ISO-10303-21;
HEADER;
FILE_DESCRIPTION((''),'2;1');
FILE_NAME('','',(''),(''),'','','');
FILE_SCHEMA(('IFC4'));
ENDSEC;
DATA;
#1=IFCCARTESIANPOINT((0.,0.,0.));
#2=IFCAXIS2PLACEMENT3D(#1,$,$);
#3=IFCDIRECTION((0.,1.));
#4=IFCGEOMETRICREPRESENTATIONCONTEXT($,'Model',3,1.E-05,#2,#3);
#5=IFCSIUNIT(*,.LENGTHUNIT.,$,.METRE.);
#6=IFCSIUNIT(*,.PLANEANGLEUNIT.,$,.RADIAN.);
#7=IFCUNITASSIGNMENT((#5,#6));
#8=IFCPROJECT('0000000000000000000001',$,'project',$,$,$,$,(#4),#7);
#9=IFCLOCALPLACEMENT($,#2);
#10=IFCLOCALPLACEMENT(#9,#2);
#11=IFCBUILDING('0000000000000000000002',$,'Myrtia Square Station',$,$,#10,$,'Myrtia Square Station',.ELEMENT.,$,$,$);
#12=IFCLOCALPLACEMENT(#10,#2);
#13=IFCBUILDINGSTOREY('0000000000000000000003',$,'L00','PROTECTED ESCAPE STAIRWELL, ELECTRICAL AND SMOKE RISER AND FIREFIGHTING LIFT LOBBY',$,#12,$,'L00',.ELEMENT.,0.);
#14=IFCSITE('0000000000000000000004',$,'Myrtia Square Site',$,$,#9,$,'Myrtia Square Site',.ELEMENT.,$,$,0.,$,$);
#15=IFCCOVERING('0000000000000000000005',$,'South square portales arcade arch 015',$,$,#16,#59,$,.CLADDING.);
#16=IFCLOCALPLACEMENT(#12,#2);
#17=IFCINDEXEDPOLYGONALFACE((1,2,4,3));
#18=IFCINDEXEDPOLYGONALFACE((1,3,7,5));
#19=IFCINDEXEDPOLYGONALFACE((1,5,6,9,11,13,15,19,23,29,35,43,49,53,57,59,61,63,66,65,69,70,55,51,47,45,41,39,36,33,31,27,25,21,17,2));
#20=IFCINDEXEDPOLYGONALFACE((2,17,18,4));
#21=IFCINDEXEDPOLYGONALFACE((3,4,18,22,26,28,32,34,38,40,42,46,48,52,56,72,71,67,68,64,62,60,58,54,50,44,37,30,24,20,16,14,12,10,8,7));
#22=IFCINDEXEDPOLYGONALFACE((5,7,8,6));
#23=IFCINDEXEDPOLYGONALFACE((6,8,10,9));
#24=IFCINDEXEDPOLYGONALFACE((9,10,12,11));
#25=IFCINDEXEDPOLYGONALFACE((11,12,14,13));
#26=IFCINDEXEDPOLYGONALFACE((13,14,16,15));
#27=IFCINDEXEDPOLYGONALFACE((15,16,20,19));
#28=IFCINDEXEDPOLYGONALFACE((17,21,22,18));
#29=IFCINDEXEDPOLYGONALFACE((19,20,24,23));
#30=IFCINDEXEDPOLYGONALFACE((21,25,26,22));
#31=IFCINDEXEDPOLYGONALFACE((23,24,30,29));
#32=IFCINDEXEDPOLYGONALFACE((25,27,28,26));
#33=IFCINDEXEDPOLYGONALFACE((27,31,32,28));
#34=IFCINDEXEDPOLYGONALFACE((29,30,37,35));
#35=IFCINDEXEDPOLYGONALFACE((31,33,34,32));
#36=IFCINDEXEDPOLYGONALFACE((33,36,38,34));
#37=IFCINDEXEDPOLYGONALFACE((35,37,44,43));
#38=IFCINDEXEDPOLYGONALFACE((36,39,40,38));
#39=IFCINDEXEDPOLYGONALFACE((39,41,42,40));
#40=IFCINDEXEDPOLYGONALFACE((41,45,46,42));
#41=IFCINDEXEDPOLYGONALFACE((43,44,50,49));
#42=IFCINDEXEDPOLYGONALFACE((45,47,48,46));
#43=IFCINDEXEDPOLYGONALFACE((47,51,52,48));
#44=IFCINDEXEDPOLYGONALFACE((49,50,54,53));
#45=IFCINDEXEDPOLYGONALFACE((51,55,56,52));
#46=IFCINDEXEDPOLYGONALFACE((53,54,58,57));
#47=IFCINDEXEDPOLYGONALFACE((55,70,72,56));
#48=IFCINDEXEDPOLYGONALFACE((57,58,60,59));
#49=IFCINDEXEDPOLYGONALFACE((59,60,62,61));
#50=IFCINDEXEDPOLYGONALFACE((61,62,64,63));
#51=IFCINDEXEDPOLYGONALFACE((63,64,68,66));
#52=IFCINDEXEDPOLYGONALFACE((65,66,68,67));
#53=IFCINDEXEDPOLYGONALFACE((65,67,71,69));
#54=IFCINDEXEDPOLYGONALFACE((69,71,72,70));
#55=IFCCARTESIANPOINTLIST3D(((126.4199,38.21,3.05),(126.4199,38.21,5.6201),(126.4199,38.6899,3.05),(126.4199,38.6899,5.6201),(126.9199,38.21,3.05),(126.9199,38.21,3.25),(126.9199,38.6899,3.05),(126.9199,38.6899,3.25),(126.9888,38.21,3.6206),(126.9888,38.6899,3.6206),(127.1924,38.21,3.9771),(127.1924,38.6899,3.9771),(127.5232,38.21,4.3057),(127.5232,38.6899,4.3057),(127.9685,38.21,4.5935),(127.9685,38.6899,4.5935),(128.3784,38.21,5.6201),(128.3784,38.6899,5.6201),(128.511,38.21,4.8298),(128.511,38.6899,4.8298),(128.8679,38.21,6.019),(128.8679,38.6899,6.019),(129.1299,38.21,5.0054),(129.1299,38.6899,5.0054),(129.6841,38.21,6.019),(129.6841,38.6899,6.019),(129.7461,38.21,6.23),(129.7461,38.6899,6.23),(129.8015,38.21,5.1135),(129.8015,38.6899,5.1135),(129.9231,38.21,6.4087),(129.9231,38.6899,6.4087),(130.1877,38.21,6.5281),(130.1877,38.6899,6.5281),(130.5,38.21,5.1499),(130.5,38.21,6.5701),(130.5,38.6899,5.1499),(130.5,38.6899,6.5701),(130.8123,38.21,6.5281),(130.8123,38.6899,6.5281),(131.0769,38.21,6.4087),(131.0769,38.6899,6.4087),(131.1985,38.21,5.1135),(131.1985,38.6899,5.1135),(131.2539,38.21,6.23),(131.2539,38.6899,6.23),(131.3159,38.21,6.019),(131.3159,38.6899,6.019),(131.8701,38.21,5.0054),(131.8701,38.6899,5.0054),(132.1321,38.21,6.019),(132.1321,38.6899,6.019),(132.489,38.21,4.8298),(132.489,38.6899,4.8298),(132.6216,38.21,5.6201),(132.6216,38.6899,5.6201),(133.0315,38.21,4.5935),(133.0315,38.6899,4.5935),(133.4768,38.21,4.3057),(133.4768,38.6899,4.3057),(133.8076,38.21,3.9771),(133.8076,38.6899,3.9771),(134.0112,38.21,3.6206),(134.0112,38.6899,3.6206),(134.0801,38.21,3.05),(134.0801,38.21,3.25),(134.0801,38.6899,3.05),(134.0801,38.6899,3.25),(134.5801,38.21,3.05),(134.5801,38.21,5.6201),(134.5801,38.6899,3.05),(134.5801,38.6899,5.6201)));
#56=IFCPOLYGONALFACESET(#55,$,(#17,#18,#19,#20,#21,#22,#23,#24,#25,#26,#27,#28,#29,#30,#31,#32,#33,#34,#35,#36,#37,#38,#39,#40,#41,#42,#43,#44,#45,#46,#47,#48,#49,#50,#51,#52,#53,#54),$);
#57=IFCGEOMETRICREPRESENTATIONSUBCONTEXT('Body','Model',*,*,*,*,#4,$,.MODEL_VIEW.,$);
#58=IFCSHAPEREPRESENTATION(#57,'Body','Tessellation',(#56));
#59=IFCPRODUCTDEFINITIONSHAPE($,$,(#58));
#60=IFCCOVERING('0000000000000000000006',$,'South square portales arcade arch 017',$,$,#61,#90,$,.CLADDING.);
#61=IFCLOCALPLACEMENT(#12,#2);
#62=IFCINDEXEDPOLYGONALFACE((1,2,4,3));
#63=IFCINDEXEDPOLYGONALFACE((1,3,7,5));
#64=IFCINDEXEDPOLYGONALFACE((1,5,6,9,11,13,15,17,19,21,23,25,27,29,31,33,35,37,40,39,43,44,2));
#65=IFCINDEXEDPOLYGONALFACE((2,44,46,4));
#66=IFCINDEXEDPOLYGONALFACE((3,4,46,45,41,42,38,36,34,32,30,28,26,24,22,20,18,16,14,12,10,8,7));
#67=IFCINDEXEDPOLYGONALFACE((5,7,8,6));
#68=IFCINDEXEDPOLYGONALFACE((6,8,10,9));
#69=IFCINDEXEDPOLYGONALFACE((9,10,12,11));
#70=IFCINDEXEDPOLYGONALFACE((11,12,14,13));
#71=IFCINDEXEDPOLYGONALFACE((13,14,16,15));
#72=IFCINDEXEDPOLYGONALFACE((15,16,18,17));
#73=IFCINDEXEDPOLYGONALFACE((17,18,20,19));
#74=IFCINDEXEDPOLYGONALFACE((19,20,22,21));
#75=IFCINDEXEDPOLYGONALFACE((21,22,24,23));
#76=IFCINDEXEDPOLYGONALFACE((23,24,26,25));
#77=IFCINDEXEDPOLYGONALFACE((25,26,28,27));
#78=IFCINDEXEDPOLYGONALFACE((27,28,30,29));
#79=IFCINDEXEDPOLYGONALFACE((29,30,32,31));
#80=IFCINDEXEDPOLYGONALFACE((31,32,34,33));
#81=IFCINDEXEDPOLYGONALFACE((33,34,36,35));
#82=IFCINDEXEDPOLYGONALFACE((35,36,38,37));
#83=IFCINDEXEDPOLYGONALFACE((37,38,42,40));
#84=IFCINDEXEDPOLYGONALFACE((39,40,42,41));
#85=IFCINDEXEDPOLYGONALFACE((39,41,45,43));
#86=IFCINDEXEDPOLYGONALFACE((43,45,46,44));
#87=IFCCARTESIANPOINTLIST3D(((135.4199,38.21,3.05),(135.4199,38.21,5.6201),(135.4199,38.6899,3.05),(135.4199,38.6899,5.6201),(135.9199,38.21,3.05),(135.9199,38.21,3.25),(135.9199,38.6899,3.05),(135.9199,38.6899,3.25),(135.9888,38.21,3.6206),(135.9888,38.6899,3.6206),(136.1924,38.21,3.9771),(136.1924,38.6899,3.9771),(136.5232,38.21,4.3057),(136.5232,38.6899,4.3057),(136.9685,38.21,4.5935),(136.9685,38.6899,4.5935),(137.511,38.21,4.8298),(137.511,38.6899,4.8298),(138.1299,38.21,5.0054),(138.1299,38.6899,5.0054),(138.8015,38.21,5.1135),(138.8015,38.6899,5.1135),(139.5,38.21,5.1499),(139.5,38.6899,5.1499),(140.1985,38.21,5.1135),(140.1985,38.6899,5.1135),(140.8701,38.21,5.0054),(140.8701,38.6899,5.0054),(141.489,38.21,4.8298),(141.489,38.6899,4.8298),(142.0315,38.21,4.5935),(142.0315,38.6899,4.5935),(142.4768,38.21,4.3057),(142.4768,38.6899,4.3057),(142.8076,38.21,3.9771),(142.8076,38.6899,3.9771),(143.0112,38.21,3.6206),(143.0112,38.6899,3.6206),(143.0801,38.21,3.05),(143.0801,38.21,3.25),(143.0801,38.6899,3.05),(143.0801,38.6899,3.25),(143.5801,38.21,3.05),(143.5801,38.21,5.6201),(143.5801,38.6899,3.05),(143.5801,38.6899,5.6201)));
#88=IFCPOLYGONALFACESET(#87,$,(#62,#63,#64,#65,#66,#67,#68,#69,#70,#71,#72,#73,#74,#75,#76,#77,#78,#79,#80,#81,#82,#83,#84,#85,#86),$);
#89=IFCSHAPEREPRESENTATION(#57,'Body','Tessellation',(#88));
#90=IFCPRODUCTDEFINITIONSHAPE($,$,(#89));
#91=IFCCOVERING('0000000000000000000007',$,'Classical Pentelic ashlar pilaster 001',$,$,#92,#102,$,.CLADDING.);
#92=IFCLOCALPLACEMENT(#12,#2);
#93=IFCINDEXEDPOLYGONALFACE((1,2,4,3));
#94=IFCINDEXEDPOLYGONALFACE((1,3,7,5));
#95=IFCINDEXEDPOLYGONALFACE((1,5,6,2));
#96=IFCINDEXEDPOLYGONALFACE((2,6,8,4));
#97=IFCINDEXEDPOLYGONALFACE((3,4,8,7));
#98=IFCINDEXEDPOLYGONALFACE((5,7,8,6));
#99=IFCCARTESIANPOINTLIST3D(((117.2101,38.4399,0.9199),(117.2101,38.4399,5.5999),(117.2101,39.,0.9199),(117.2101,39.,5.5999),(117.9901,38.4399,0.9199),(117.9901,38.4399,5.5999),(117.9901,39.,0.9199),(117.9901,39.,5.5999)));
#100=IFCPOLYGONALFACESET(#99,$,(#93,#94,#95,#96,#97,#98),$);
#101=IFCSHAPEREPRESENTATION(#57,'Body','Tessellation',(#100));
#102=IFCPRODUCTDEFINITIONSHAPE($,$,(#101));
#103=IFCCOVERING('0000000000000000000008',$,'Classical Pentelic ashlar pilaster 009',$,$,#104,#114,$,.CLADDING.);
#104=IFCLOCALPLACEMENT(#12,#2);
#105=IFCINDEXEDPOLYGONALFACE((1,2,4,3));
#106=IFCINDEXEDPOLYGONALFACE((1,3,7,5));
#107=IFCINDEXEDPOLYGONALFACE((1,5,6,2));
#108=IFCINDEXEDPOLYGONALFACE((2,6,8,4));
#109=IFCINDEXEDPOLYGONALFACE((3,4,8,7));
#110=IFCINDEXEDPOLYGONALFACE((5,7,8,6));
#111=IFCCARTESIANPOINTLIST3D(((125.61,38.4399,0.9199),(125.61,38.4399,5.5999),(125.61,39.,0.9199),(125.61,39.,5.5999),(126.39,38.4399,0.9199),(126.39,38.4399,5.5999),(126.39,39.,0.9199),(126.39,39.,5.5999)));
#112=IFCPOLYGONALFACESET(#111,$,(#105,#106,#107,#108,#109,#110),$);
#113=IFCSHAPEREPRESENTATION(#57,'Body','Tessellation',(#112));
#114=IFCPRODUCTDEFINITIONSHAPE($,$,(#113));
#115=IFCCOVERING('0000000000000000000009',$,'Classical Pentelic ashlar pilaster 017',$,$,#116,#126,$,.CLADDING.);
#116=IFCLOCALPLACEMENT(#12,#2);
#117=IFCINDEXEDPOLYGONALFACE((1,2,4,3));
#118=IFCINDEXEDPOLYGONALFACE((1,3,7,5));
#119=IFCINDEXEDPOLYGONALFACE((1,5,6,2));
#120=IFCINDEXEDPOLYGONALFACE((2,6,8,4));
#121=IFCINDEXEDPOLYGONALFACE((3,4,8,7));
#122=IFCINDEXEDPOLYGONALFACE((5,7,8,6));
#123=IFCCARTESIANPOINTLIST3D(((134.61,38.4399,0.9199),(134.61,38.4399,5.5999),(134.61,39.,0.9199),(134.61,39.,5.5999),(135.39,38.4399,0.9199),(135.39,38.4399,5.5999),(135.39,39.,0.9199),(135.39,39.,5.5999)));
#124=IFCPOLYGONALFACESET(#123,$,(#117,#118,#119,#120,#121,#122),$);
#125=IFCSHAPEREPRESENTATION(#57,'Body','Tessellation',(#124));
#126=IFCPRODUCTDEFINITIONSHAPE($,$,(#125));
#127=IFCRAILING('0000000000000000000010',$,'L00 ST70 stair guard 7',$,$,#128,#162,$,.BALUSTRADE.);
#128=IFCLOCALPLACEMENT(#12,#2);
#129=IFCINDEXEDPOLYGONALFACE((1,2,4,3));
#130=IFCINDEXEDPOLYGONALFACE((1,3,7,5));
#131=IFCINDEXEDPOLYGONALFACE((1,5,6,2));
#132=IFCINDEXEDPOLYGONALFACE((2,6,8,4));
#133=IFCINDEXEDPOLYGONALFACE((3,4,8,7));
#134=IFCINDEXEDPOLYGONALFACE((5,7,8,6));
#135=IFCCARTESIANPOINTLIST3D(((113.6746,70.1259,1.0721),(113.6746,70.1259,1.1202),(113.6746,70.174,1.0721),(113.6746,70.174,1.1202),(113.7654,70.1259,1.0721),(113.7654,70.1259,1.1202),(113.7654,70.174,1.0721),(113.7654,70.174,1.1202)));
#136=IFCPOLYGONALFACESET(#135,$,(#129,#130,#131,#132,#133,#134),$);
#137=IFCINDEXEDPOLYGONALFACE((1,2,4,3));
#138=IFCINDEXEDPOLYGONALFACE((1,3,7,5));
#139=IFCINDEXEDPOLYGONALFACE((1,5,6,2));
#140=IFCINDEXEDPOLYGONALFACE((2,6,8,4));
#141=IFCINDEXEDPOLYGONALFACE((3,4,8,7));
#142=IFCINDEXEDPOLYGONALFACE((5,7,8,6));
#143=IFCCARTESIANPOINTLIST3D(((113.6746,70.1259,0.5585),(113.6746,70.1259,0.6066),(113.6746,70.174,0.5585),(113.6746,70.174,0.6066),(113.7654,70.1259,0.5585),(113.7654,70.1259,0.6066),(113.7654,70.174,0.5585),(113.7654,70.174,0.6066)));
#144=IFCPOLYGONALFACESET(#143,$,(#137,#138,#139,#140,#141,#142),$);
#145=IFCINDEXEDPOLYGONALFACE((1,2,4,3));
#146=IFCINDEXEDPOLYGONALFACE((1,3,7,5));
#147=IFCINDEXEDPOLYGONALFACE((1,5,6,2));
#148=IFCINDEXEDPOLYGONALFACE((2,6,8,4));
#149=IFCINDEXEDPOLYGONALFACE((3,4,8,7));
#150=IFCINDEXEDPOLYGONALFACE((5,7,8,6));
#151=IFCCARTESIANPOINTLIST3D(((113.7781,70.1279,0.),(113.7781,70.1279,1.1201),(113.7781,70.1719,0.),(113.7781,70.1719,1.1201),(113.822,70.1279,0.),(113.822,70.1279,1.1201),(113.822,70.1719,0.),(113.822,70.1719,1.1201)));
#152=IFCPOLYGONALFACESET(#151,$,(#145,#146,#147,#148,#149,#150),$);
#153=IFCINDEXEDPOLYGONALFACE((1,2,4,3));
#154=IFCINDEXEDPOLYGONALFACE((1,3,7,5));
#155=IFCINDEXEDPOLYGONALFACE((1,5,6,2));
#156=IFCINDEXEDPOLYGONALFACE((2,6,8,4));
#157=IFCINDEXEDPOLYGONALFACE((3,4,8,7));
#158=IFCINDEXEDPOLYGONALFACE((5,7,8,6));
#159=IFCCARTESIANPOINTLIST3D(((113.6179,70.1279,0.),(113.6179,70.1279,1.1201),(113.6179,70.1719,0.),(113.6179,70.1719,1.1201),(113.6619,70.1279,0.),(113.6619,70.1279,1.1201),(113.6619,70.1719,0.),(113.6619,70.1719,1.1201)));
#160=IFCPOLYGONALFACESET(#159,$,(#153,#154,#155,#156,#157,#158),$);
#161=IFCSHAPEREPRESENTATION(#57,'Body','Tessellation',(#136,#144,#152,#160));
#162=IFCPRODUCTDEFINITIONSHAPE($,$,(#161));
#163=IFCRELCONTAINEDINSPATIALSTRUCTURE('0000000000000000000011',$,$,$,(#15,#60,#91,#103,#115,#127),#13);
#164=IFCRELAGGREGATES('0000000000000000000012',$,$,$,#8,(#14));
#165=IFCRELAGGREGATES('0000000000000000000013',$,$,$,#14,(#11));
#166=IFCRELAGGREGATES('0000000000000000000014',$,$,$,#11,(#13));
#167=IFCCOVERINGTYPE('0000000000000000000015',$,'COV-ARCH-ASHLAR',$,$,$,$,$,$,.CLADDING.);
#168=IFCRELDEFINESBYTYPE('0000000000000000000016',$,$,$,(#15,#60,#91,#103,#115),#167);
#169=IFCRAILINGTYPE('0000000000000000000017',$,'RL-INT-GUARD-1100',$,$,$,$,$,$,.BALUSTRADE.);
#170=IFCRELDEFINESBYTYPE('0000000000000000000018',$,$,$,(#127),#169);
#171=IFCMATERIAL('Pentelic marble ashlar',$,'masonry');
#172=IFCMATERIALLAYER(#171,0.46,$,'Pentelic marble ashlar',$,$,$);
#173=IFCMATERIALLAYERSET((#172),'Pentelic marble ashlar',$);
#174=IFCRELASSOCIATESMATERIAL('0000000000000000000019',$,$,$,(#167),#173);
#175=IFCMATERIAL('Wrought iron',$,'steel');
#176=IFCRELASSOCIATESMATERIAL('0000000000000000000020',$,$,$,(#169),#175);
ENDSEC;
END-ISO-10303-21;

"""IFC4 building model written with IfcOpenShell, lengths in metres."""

from ifc_helpers import new_model, si_unit, direction, frame, origin, origin_2d, place, context, subcontext, project, spatial, polyline, rectangle, outline, extrude, material, layer, layer_set, type_object, element, save


model = new_model("IFC4")

# Units and contexts
model_context = context("Model", 3, precision=1e-05, world=origin(), true_north=direction((0.0, 1.0)))
body_context = subcontext(model_context, "Body", "Model", "MODEL_VIEW")
ifc_project = project(units=[si_unit("LENGTHUNIT", "METRE"), si_unit("PLANEANGLEUNIT", "RADIAN")], contexts=[model_context])

# Site, building, storey
site_placement = place(None, origin())
site = spatial("IfcSite", under=ifc_project, at=site_placement, Name="Myrtia Square Site", LongName="Myrtia Square Site", CompositionType="ELEMENT", RefElevation=0.0)
building_placement = place(site_placement, origin())
building = spatial("IfcBuilding", under=site, at=building_placement, Name="Myrtia Square Station", LongName="Myrtia Square Station", CompositionType="ELEMENT")
storey_placement = place(building_placement, origin())
storey = spatial("IfcBuildingStorey", under=building, at=storey_placement, Name="L00", Description="PROTECTED ESCAPE STAIRWELL, ELECTRICAL AND SMOKE RISER AND FIREFIGHTING LIFT LOBBY", LongName="L00", CompositionType="ELEMENT", Elevation=0.0)

# Coverings
ifc_material_1 = material(Name="Pentelic marble ashlar", Category="masonry")
ifc_layer_1 = layer(ifc_material_1, 0.46, Name="Pentelic marble ashlar")
ifc_layer_set_1 = layer_set([ifc_layer_1], Name="Pentelic marble ashlar")
covering_type = type_object("IfcCoveringType", Name="COV-ARCH-ASHLAR", PredefinedType="CLADDING", material=ifc_layer_set_1)
covering_1_placement = place(storey_placement, frame((126.4199, 38.45, 3.05), z_axis=(0.0, 0.0, 1.0), x_axis=(1.0, 0.0, 0.0)))
element("IfcCovering", 1, at=covering_1_placement, inside=storey, type_object=covering_type, Name="South square portales arcade arch 015", PredefinedType="CLADDING", context=body_context, shape_type="SweptSolid", body=[
    extrude(outline(polyline([(0.0, 0.0), (0.5, 0.0), (0.5, 0.2), (0.5688, 0.5706), (0.7725, 0.927), (1.1033, 1.2556), (1.5486, 1.5435), (2.0911, 1.7798), (2.71, 1.9553), (3.3816, 2.0635), (4.0801, 2.0999), (4.7786, 2.0635), (5.4502, 1.9553), (6.0691, 1.7798), (6.6116, 1.5435), (7.0569, 1.2556), (7.3877, 0.927), (7.5913, 0.5706), (7.6602, 0.2), (7.6602, 0.0), (8.1602, 0.0), (8.1602, 2.5701), (6.2017, 2.5701), (5.7122, 2.969), (4.896, 2.969), (4.834, 3.1799), (4.657, 3.3586), (4.3923, 3.478), (4.0801, 3.52), (3.7678, 3.478), (3.5032, 3.3586), (3.3262, 3.1799), (3.2642, 2.969), (2.448, 2.969), (1.9585, 2.5701), (0.0, 2.5701), (0.0, 0.0)])), frame((0.0, 0.24, 0.0), z_axis=(0.0, -1.0, 0.0), x_axis=(1.0, 0.0, 0.0)), (0.0, 0.0, 1.0), 0.48),
])
covering_2_placement = place(storey_placement, frame((135.4199, 38.45, 3.05), z_axis=(0.0, 0.0, 1.0), x_axis=(1.0, 0.0, 0.0)))
element("IfcCovering", 2, at=covering_2_placement, inside=storey, type_object=covering_type, Name="South square portales arcade arch 017", PredefinedType="CLADDING", context=body_context, shape_type="SweptSolid", body=[
    extrude(outline(polyline([(0.0, 0.0), (0.5, 0.0), (0.5, 0.2), (0.5688, 0.5706), (0.7725, 0.927), (1.1033, 1.2556), (1.5486, 1.5435), (2.0911, 1.7798), (2.71, 1.9553), (3.3816, 2.0635), (4.0801, 2.0999), (4.7786, 2.0635), (5.4502, 1.9553), (6.0691, 1.7798), (6.6116, 1.5435), (7.0569, 1.2556), (7.3877, 0.927), (7.5913, 0.5706), (7.6602, 0.2), (7.6602, 0.0), (8.1602, 0.0), (8.1602, 2.5701), (0.0, 2.5701), (0.0, 0.0)])), frame((0.0, 0.24, 0.0), z_axis=(0.0, -1.0, 0.0), x_axis=(1.0, 0.0, 0.0)), (0.0, 0.0, 1.0), 0.48),
])
for number, where, z_axis, x_axis, name in (
    (3, (117.6001, 38.72, 0.9199), (0.0, 0.0, 1.0), (1.0, 0.0, 0.0), "Classical Pentelic ashlar pilaster 001"),
    (4, (126.0, 38.72, 0.9199), (0.0, 0.0, 1.0), (1.0, 0.0, 0.0), "Classical Pentelic ashlar pilaster 009"),
    (5, (135.0, 38.72, 0.9199), (0.0, 0.0, 1.0), (1.0, 0.0, 0.0), "Classical Pentelic ashlar pilaster 017"),
):
    element("IfcCovering", number, at=place(storey_placement, frame(where, z_axis=z_axis, x_axis=x_axis)), inside=storey, type_object=covering_type, Name=name, PredefinedType="CLADDING", context=body_context, shape_type="SweptSolid", body=[
        extrude(rectangle(XDim=0.78, YDim=0.5601, at=origin_2d()), origin(), (0.0, 0.0, 1.0), 4.6799),
    ])

# Railing
ifc_material_2 = material(Name="Wrought iron", Category="steel")
railing_type = type_object("IfcRailingType", Name="RL-INT-GUARD-1100", PredefinedType="BALUSTRADE", material=ifc_material_2)
railing_placement = place(storey_placement, frame((113.8, 70.1499, 0.0)))
element("IfcRailing", 6, at=railing_placement, inside=storey, type_object=railing_type, Name="L00 ST70 stair guard 7", PredefinedType="BALUSTRADE", context=body_context, shape_type="SweptSolid", body=[
    extrude(rectangle(XDim=0.0481, YDim=0.0481, at=origin_2d()), frame((-0.0347, 0.0, 1.0962), z_axis=(-1.0, 0.0, 0.0), x_axis=(0.0, -1.0, 0.0)), (0.0, 0.0, 1.0), 0.0908),
    extrude(rectangle(XDim=0.0481, YDim=0.0481, at=origin_2d()), frame((-0.0347, 0.0, 0.5825), z_axis=(-1.0, 0.0, 0.0), x_axis=(0.0, -1.0, 0.0)), (0.0, 0.0, 1.0), 0.0908),
    extrude(rectangle(XDim=0.0439, YDim=0.0439, at=origin_2d()), origin(), (0.0, 0.0, 1.0), 1.1201),
    extrude(rectangle(XDim=0.0439, YDim=0.0439, at=origin_2d()), frame((-0.1602, 0.0, 0.0)), (0.0, 0.0, 1.0), 1.1201),
])

save(model, "model.ifc")
